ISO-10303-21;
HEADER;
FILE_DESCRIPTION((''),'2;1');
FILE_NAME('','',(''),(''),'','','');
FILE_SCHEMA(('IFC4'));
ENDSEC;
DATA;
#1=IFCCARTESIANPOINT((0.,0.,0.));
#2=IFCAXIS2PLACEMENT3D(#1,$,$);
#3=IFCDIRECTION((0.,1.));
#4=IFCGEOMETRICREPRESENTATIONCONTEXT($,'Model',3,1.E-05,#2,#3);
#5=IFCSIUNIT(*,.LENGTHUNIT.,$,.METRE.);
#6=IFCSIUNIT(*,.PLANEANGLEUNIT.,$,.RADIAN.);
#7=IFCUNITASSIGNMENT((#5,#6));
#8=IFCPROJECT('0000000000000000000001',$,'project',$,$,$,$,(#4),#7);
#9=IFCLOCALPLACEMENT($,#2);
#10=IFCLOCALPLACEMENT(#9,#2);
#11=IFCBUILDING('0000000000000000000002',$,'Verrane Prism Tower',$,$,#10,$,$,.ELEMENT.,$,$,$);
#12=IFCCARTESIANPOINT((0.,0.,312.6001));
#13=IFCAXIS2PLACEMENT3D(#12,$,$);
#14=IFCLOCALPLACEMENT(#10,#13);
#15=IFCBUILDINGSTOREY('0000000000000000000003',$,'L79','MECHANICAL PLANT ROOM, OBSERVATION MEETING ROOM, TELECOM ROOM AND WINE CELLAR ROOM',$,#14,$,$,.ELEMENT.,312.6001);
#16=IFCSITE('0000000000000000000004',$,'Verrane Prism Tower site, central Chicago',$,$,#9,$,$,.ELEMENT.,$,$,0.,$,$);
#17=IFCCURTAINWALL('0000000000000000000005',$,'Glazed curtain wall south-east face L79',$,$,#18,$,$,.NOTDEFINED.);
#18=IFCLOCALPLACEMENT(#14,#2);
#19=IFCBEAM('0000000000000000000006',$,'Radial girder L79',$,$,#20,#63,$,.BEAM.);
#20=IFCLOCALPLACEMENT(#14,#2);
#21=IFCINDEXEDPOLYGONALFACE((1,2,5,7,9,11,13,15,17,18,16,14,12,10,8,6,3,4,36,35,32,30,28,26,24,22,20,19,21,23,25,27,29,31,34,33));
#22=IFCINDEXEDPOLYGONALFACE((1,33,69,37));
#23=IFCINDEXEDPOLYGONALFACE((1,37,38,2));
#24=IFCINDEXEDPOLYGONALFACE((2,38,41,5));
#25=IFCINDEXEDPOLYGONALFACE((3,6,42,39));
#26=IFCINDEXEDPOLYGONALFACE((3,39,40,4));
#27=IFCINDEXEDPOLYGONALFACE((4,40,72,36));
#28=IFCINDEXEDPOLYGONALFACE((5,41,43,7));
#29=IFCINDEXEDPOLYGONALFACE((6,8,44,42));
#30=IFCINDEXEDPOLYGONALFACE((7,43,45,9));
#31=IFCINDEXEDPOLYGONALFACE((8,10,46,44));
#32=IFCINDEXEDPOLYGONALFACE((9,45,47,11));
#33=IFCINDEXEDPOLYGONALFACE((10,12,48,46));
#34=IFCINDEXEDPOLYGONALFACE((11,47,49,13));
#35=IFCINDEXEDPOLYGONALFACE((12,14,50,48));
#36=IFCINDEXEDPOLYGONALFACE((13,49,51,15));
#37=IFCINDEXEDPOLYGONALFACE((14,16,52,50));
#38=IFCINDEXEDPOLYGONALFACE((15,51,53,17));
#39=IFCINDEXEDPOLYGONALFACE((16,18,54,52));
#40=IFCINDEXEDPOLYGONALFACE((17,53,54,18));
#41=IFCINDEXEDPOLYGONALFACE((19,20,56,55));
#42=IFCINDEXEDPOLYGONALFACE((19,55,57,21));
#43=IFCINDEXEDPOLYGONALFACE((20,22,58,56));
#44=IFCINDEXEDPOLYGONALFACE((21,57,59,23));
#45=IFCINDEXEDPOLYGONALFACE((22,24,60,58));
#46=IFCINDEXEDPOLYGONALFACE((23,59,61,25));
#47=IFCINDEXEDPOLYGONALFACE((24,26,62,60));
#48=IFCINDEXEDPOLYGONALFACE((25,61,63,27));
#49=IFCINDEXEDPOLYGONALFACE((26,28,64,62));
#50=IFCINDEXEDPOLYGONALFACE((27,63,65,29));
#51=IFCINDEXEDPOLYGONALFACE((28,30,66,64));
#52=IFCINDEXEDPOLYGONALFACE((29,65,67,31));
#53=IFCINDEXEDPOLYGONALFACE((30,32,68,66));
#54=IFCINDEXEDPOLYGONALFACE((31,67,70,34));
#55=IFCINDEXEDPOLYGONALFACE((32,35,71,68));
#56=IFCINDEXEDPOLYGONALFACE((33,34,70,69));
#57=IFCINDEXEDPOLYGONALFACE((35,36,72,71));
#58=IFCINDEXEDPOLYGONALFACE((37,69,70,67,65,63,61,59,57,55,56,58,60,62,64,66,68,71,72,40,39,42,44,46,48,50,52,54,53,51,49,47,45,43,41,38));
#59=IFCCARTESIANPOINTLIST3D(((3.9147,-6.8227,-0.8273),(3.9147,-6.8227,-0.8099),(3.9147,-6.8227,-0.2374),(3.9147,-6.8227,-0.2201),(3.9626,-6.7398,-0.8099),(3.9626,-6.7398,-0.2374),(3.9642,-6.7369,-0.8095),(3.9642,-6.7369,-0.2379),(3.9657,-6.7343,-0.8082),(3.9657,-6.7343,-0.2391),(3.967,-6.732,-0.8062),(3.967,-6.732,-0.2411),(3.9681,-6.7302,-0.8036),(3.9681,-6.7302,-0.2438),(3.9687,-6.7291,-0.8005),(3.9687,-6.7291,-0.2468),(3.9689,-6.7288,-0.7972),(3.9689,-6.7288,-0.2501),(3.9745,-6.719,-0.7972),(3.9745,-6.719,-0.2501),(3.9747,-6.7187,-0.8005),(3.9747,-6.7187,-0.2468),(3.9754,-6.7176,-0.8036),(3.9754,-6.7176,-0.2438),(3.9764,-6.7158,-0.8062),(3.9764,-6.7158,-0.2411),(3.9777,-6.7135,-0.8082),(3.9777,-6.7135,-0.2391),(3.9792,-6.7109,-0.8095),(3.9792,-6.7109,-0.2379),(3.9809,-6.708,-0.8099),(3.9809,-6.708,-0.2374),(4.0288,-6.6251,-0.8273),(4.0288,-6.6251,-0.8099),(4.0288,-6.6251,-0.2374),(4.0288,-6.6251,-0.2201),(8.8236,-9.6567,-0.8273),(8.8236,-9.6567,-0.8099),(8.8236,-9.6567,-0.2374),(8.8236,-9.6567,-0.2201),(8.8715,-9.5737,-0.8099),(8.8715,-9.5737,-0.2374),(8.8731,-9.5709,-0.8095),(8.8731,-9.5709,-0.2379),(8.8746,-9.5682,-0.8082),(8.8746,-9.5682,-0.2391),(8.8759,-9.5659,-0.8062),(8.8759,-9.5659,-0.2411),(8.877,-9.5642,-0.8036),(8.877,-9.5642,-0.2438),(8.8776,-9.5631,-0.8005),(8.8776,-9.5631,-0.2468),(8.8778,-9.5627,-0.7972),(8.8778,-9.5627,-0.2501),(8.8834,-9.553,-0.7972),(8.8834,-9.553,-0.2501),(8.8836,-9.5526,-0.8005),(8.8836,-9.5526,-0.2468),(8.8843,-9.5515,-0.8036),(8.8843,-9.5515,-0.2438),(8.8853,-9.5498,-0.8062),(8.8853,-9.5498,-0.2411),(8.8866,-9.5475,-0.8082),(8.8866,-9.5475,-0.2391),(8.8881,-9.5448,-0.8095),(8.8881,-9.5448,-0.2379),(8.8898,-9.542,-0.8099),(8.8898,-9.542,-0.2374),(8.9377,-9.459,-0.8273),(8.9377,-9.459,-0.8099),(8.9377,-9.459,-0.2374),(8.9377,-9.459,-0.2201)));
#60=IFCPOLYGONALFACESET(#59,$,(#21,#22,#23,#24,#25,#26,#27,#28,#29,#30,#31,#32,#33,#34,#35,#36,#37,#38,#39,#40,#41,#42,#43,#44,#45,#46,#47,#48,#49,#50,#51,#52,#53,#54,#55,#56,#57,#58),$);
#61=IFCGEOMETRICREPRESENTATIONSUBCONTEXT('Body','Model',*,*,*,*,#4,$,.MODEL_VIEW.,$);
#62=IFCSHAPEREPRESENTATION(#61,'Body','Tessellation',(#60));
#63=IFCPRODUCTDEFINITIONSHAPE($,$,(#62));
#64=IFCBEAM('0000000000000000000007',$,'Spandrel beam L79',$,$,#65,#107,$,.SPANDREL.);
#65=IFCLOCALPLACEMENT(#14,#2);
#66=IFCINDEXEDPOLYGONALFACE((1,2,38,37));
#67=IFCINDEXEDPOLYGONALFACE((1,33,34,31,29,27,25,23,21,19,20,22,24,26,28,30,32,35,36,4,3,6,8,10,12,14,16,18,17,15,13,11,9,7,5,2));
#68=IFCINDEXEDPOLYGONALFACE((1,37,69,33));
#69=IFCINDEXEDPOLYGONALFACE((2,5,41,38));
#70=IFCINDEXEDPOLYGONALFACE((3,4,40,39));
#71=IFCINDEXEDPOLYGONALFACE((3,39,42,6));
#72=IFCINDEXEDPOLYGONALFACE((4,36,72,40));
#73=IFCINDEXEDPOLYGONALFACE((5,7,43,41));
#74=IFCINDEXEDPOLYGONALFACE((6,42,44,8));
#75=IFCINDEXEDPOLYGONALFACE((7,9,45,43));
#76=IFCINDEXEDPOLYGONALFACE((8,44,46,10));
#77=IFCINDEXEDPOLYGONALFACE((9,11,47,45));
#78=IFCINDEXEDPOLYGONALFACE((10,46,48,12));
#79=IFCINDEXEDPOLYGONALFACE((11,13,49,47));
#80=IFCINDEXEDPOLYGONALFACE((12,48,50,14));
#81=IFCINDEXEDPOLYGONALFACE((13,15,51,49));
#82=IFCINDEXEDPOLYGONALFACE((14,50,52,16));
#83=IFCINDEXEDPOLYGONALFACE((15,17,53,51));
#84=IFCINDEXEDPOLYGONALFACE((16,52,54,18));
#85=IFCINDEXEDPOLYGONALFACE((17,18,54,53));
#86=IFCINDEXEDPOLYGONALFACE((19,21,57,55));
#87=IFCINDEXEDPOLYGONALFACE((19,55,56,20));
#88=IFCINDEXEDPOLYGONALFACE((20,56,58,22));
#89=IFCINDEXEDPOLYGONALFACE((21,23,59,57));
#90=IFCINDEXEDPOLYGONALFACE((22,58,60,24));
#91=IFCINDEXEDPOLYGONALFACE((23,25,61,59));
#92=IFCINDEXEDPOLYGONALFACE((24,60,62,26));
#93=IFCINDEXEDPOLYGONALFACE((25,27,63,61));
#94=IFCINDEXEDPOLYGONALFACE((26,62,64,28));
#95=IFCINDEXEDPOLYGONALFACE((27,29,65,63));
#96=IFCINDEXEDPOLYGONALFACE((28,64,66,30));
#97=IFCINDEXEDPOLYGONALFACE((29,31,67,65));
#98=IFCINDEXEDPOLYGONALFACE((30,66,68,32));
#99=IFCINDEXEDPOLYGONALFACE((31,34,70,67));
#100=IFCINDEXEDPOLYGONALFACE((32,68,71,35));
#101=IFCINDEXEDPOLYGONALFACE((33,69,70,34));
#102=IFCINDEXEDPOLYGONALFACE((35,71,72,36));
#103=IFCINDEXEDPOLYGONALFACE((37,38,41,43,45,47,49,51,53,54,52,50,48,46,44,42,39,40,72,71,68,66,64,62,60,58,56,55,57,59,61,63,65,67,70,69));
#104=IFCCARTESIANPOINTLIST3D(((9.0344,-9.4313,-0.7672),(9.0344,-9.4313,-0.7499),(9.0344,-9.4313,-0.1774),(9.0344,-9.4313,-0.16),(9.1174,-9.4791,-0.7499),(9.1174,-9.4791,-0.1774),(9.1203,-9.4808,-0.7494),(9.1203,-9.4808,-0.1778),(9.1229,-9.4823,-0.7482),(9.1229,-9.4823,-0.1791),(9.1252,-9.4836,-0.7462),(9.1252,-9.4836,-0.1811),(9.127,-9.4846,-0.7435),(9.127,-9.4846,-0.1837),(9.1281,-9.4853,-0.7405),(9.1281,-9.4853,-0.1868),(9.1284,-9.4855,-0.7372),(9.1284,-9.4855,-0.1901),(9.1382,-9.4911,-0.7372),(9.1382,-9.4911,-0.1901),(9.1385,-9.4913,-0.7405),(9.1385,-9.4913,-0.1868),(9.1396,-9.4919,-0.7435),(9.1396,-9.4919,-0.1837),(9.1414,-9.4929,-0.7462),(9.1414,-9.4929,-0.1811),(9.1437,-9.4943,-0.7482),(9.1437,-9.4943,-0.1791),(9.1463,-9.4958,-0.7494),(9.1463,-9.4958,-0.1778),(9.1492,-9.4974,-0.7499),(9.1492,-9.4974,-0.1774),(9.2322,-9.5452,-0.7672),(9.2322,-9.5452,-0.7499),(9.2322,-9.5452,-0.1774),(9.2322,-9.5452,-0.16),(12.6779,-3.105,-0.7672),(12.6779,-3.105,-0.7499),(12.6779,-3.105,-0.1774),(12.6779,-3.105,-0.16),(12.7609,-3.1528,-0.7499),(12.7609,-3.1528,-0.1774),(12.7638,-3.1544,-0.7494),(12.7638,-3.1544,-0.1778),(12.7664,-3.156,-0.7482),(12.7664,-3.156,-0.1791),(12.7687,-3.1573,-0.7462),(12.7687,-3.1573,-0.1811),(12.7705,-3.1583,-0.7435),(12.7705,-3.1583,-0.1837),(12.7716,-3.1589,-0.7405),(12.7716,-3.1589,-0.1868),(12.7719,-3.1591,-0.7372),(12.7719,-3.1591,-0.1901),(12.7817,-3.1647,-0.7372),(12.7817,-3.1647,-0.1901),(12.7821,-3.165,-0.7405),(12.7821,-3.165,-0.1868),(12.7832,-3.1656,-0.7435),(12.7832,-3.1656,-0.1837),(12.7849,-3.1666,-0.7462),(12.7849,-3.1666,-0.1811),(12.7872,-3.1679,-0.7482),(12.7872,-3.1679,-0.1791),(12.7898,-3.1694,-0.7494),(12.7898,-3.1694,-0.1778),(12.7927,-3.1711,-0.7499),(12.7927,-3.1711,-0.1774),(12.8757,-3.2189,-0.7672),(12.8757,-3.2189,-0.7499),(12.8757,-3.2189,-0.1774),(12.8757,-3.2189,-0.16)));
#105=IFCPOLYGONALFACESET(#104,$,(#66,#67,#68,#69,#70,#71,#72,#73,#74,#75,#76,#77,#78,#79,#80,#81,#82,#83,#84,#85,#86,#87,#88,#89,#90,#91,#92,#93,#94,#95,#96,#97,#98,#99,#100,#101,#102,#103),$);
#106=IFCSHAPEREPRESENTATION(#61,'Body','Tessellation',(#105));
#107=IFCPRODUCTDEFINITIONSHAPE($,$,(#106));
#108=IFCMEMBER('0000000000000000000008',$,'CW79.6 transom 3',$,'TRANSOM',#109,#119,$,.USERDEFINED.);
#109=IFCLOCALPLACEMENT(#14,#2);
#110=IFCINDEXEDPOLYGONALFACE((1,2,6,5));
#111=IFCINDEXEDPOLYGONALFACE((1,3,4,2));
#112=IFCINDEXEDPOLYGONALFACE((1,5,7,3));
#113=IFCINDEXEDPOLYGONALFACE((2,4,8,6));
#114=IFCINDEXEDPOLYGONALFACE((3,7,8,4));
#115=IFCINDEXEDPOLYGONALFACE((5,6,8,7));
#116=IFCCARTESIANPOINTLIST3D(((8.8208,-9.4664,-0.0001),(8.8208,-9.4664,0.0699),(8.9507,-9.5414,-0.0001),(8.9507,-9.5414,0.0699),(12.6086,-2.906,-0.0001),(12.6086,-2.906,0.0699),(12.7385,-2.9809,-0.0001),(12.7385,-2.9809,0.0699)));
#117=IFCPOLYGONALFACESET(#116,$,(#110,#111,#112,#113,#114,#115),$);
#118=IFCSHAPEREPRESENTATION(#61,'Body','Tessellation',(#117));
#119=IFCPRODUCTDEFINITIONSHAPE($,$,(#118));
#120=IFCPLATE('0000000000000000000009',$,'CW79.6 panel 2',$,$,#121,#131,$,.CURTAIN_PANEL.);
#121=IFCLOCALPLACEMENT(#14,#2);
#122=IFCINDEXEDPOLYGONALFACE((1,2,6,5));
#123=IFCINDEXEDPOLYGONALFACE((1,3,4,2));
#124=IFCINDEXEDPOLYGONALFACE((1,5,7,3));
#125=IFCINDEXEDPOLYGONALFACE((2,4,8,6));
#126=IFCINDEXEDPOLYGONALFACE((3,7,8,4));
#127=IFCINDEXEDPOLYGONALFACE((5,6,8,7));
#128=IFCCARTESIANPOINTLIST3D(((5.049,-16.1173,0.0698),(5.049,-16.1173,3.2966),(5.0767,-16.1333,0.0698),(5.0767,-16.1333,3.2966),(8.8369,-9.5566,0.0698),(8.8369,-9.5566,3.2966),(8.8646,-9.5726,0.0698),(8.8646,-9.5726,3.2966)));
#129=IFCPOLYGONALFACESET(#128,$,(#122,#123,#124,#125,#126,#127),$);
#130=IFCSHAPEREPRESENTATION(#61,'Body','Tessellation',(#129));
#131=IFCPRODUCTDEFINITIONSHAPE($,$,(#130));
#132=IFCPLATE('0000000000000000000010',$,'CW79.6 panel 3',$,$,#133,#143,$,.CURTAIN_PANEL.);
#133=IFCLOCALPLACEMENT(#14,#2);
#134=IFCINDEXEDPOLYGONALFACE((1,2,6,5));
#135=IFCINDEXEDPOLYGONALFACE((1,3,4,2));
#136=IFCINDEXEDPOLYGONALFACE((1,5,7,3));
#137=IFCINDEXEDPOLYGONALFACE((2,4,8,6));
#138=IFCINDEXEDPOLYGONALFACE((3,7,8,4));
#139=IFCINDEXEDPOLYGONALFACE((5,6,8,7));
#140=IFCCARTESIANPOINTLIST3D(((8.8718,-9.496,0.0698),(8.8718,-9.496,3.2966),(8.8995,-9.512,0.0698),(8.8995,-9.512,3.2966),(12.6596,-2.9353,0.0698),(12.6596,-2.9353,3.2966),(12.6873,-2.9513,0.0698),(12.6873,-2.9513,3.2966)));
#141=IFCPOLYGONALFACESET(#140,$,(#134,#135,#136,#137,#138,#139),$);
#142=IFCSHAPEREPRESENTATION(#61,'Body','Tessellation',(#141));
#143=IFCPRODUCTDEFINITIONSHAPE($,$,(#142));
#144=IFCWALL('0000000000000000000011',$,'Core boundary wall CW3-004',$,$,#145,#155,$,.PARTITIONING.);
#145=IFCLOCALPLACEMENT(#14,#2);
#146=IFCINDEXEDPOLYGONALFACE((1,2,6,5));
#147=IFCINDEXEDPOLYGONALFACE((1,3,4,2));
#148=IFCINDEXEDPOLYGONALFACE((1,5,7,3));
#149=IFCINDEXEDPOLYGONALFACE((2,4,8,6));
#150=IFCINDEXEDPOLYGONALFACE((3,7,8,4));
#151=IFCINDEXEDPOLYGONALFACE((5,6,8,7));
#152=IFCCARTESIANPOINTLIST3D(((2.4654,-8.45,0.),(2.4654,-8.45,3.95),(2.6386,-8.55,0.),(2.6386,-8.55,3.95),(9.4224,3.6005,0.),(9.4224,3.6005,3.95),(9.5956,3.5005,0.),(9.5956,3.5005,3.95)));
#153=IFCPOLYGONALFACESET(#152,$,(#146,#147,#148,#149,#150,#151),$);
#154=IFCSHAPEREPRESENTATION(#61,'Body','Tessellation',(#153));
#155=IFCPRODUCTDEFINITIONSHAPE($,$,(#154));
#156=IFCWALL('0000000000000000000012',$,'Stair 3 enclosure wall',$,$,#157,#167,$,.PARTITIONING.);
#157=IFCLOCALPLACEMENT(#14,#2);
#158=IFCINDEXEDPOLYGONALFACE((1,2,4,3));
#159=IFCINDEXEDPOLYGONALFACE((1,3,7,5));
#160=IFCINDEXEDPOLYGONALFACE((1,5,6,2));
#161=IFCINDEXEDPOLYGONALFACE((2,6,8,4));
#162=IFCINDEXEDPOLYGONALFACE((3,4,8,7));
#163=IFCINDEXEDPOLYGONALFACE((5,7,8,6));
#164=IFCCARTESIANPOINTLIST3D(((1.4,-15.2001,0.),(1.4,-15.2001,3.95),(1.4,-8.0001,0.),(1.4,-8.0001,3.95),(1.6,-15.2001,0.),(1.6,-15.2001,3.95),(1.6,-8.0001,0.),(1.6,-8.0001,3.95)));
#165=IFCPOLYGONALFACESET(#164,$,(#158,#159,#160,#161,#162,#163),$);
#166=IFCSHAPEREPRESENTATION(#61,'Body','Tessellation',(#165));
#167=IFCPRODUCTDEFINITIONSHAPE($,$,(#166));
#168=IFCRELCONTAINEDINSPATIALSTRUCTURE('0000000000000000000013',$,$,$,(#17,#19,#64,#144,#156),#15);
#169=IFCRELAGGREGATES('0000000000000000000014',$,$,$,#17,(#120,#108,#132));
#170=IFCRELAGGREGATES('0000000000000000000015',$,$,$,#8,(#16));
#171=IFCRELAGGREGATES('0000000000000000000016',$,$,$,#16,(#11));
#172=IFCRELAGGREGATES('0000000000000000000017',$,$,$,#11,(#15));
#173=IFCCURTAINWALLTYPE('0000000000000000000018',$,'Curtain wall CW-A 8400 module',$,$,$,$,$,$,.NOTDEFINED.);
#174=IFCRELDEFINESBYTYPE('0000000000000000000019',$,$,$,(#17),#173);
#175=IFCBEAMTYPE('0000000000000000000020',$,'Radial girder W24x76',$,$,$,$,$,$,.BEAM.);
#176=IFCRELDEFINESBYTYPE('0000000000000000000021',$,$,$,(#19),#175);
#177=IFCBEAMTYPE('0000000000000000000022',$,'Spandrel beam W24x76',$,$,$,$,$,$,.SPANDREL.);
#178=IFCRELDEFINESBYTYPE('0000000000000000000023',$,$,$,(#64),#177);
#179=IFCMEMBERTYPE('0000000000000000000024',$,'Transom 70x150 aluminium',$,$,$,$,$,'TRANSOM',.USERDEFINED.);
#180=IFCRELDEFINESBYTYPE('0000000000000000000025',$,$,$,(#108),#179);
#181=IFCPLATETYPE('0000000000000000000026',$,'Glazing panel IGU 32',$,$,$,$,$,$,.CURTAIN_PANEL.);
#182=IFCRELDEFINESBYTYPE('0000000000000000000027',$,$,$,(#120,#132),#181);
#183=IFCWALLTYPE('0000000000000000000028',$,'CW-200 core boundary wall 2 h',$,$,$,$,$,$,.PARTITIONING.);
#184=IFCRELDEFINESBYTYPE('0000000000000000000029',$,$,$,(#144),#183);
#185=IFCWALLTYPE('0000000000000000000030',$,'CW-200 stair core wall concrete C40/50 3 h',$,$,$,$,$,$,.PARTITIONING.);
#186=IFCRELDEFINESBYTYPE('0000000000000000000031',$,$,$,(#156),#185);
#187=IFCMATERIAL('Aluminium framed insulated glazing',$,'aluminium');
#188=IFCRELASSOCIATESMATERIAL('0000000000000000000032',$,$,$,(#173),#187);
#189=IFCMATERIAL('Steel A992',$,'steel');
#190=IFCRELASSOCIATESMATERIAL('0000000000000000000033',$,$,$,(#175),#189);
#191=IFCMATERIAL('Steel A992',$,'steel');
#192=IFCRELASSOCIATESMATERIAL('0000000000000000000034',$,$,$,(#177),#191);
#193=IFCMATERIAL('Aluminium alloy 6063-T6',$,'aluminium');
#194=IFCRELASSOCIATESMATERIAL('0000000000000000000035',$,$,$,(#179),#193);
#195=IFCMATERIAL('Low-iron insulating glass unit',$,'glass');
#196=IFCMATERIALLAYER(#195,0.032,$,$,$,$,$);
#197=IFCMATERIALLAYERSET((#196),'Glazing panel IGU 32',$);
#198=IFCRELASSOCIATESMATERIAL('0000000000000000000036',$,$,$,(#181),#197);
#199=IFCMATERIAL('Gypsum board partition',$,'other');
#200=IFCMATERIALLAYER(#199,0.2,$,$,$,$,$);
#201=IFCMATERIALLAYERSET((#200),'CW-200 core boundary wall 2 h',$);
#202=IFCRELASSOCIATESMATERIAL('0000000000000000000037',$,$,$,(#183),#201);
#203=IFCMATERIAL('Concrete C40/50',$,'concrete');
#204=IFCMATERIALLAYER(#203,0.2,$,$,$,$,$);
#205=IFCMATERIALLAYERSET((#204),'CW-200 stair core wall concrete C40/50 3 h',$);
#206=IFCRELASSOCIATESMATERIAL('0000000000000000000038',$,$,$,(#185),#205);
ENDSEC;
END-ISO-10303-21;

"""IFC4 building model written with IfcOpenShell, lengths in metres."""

from ifc_helpers import new_model, si_unit, direction, frame, frame_2d, origin, origin_2d, place, context, subcontext, project, spatial, rectangle, i_section, extrude, material, layer, layer_set, material_profile, profile_set, type_object, element, aggregate, save


model = new_model("IFC4")

# Units and contexts
model_context = context("Model", 3, precision=1e-05, world=origin(), true_north=direction((0.0, 1.0)))
body_context = subcontext(model_context, "Body", "Model", "MODEL_VIEW")
ifc_project = project(units=[si_unit("LENGTHUNIT", "METRE"), si_unit("PLANEANGLEUNIT", "RADIAN")], contexts=[model_context])

# Site, building, storey
site_placement = place(None, origin())
site = spatial("IfcSite", under=ifc_project, at=site_placement, Name="Verrane Prism Tower site, central Chicago", CompositionType="ELEMENT", RefElevation=0.0)
building_placement = place(site_placement, origin())
building = spatial("IfcBuilding", under=site, at=building_placement, Name="Verrane Prism Tower", CompositionType="ELEMENT")
storey_placement = place(building_placement, frame((0.0, 0.0, 312.6001)))
storey = spatial("IfcBuildingStorey", under=building, at=storey_placement, Name="L79", Description="MECHANICAL PLANT ROOM, OBSERVATION MEETING ROOM, TELECOM ROOM AND WINE CELLAR ROOM", CompositionType="ELEMENT", Elevation=312.6001)

# Curtain wall
ifc_material_1 = material(Name="Aluminium framed insulated glazing", Category="aluminium")
curtain_wall_type = type_object("IfcCurtainWallType", Name="Curtain wall CW-A 8400 module", PredefinedType="NOTDEFINED", material=ifc_material_1)
curtain_wall_placement = place(storey_placement, origin())
curtain_wall = element("IfcCurtainWall", 1, at=curtain_wall_placement, inside=storey, type_object=curtain_wall_type, Name="Glazed curtain wall south-east face L79", PredefinedType="NOTDEFINED")

# Beams
ifc_material_2 = material(Name="Steel A992", Category="steel")
ifc_material_profile_1 = material_profile(ifc_material_2, i_section(OverallWidth=0.2283, OverallDepth=0.6072, WebThickness=0.0112, FlangeThickness=0.0173, FilletRadius=0.0127, at=origin_2d()), Name="W24x76")
ifc_profile_set_1 = profile_set([ifc_material_profile_1], Name="Steel A992")
beam_type_1 = type_object("IfcBeamType", Name="Radial girder W24x76", PredefinedType="BEAM", material=ifc_profile_set_1)
beam_1_placement = place(storey_placement, frame((8.8806, -9.5579, -0.5237), z_axis=(-0.86604, 0.499975, 0.0), x_axis=(-0.499975, -0.86604, 0.0)))
element("IfcBeam", 2, at=beam_1_placement, inside=storey, type_object=beam_type_1, Name="Radial girder L79", PredefinedType="BEAM", context=body_context, shape_type="SweptSolid", body=[
    extrude(i_section(OverallWidth=0.2283, OverallDepth=0.6072, WebThickness=0.0112, FlangeThickness=0.0173, FilletRadius=0.0127, at=origin_2d()), origin(), (0.0, 0.0, 1.0), 5.6682),
])
ifc_material_3 = material(Name="Steel A992", Category="steel")
ifc_material_profile_2 = material_profile(ifc_material_3, i_section(OverallWidth=0.2283, OverallDepth=0.6072, WebThickness=0.0112, FlangeThickness=0.0173, FilletRadius=0.0127, at=origin_2d()), Name="W24x76")
ifc_profile_set_2 = profile_set([ifc_material_profile_2], Name="Steel A992")
beam_type_2 = type_object("IfcBeamType", Name="Spandrel beam W24x76", PredefinedType="SPANDREL", material=ifc_profile_set_2)
beam_2_placement = place(storey_placement, frame((9.1333, -9.4883, -0.4636), z_axis=(0.499075, 0.866559, 0.0), x_axis=(-0.866559, 0.499075, 0.0)))
element("IfcBeam", 3, at=beam_2_placement, inside=storey, type_object=beam_type_2, Name="Spandrel beam L79", PredefinedType="SPANDREL", context=body_context, shape_type="SweptSolid", body=[
    extrude(i_section(OverallWidth=0.2283, OverallDepth=0.6072, WebThickness=0.0112, FlangeThickness=0.0173, FilletRadius=0.0127, at=origin_2d()), origin(), (0.0, 0.0, 1.0), 7.3005),
])

# Member
ifc_material_4 = material(Name="Aluminium alloy 6063-T6", Category="aluminium")
ifc_material_profile_3 = material_profile(ifc_material_4, rectangle(XDim=0.1499, YDim=0.0701, at=origin_2d()), Name="Transom 70x150 aluminium")
ifc_profile_set_3 = profile_set([ifc_material_profile_3], Name="Aluminium alloy 6063-T6")
member_type_1 = type_object("IfcMemberType", Name="Transom 70x150 aluminium", ElementType="TRANSOM", PredefinedType="USERDEFINED", material=ifc_profile_set_3)
member_1_placement = place(storey_placement, frame((8.8857, -9.5039, 0.0349), z_axis=(0.500011, 0.866019, 0.0), x_axis=(-0.866019, 0.500011, 0.0)))
member_1 = element("IfcMember", 4, at=member_1_placement, type_object=member_type_1, Name="CW79.6 transom 3", ObjectType="TRANSOM", PredefinedType="USERDEFINED", context=body_context, shape_type="SweptSolid", body=[
    extrude(rectangle(XDim=0.1499, YDim=0.0701, at=origin_2d()), origin(), (0.0, 0.0, 1.0), 7.5754),
])

# Plates
ifc_material_5 = material(Name="Low-iron insulating glass unit", Category="glass")
ifc_layer_1 = layer(ifc_material_5, 0.032)
ifc_layer_set_1 = layer_set([ifc_layer_1], Name="Glazing panel IGU 32")
plate_type = type_object("IfcPlateType", Name="Glazing panel IGU 32", PredefinedType="CURTAIN_PANEL", material=ifc_layer_set_1)
plate_1_placement = place(storey_placement, frame((6.9568, -12.845, 0.0698), z_axis=(0.0, 0.0, 1.0), x_axis=(0.5, 0.866025, 0.0)))
plate_1 = element("IfcPlate", 5, at=plate_1_placement, type_object=plate_type, Name="CW79.6 panel 2", PredefinedType="CURTAIN_PANEL", context=body_context, shape_type="SweptSolid", body=[
    extrude(rectangle(XDim=7.5757, YDim=0.032, at=origin_2d()), origin(), (0.0, 0.0, 1.0), 3.2268),
])
plate_2_placement = place(storey_placement, frame((10.7795, -6.2236, 0.0698), z_axis=(0.0, 0.0, 1.0), x_axis=(0.5, 0.866025, 0.0)))
plate_2 = element("IfcPlate", 6, at=plate_2_placement, type_object=plate_type, Name="CW79.6 panel 3", PredefinedType="CURTAIN_PANEL", context=body_context, shape_type="SweptSolid", body=[
    extrude(rectangle(XDim=7.5757, YDim=0.032, at=origin_2d()), origin(), (0.0, 0.0, 1.0), 3.2268),
])
aggregate(curtain_wall, [plate_1, member_1, plate_2])

# Walls
ifc_material_6 = material(Name="Gypsum board partition", Category="other")
ifc_layer_2 = layer(ifc_material_6, 0.2)
ifc_layer_set_2 = layer_set([ifc_layer_2], Name="CW-200 core boundary wall 2 h")
wall_type_1 = type_object("IfcWallType", Name="CW-200 core boundary wall 2 h", PredefinedType="PARTITIONING", material=ifc_layer_set_2)
wall_1_placement = place(storey_placement, frame((2.552, -8.5, 0.0), z_axis=(0.0, 0.0, 1.0), x_axis=(0.499981, 0.866036, 0.0)))
element("IfcWall", 7, at=wall_1_placement, inside=storey, type_object=wall_type_1, Name="Core boundary wall CW3-004", PredefinedType="PARTITIONING", context=body_context, shape_type="SweptSolid", body=[
    extrude(rectangle(XDim=13.9146, YDim=0.2, at=frame_2d((6.9573, 0.0))), origin(), (0.0, 0.0, 1.0), 3.95),
])
ifc_material_7 = material(Name="Concrete C40/50", Category="concrete")
ifc_layer_3 = layer(ifc_material_7, 0.2)
ifc_layer_set_3 = layer_set([ifc_layer_3], Name="CW-200 stair core wall concrete C40/50 3 h")
wall_type_2 = type_object("IfcWallType", Name="CW-200 stair core wall concrete C40/50 3 h", PredefinedType="PARTITIONING", material=ifc_layer_set_3)
wall_2_placement = place(storey_placement, frame((1.5, -8.0, 0.0), z_axis=(0.0, 0.0, 1.0), x_axis=(0.0, -1.0, 0.0)))
element("IfcWall", 8, at=wall_2_placement, inside=storey, type_object=wall_type_2, Name="Stair 3 enclosure wall", PredefinedType="PARTITIONING", context=body_context, shape_type="SweptSolid", body=[
    extrude(rectangle(XDim=7.2, YDim=0.2, at=frame_2d((3.6001, 0.0))), origin(), (0.0, 0.0, 1.0), 3.95),
])

save(model, "model.ifc")
